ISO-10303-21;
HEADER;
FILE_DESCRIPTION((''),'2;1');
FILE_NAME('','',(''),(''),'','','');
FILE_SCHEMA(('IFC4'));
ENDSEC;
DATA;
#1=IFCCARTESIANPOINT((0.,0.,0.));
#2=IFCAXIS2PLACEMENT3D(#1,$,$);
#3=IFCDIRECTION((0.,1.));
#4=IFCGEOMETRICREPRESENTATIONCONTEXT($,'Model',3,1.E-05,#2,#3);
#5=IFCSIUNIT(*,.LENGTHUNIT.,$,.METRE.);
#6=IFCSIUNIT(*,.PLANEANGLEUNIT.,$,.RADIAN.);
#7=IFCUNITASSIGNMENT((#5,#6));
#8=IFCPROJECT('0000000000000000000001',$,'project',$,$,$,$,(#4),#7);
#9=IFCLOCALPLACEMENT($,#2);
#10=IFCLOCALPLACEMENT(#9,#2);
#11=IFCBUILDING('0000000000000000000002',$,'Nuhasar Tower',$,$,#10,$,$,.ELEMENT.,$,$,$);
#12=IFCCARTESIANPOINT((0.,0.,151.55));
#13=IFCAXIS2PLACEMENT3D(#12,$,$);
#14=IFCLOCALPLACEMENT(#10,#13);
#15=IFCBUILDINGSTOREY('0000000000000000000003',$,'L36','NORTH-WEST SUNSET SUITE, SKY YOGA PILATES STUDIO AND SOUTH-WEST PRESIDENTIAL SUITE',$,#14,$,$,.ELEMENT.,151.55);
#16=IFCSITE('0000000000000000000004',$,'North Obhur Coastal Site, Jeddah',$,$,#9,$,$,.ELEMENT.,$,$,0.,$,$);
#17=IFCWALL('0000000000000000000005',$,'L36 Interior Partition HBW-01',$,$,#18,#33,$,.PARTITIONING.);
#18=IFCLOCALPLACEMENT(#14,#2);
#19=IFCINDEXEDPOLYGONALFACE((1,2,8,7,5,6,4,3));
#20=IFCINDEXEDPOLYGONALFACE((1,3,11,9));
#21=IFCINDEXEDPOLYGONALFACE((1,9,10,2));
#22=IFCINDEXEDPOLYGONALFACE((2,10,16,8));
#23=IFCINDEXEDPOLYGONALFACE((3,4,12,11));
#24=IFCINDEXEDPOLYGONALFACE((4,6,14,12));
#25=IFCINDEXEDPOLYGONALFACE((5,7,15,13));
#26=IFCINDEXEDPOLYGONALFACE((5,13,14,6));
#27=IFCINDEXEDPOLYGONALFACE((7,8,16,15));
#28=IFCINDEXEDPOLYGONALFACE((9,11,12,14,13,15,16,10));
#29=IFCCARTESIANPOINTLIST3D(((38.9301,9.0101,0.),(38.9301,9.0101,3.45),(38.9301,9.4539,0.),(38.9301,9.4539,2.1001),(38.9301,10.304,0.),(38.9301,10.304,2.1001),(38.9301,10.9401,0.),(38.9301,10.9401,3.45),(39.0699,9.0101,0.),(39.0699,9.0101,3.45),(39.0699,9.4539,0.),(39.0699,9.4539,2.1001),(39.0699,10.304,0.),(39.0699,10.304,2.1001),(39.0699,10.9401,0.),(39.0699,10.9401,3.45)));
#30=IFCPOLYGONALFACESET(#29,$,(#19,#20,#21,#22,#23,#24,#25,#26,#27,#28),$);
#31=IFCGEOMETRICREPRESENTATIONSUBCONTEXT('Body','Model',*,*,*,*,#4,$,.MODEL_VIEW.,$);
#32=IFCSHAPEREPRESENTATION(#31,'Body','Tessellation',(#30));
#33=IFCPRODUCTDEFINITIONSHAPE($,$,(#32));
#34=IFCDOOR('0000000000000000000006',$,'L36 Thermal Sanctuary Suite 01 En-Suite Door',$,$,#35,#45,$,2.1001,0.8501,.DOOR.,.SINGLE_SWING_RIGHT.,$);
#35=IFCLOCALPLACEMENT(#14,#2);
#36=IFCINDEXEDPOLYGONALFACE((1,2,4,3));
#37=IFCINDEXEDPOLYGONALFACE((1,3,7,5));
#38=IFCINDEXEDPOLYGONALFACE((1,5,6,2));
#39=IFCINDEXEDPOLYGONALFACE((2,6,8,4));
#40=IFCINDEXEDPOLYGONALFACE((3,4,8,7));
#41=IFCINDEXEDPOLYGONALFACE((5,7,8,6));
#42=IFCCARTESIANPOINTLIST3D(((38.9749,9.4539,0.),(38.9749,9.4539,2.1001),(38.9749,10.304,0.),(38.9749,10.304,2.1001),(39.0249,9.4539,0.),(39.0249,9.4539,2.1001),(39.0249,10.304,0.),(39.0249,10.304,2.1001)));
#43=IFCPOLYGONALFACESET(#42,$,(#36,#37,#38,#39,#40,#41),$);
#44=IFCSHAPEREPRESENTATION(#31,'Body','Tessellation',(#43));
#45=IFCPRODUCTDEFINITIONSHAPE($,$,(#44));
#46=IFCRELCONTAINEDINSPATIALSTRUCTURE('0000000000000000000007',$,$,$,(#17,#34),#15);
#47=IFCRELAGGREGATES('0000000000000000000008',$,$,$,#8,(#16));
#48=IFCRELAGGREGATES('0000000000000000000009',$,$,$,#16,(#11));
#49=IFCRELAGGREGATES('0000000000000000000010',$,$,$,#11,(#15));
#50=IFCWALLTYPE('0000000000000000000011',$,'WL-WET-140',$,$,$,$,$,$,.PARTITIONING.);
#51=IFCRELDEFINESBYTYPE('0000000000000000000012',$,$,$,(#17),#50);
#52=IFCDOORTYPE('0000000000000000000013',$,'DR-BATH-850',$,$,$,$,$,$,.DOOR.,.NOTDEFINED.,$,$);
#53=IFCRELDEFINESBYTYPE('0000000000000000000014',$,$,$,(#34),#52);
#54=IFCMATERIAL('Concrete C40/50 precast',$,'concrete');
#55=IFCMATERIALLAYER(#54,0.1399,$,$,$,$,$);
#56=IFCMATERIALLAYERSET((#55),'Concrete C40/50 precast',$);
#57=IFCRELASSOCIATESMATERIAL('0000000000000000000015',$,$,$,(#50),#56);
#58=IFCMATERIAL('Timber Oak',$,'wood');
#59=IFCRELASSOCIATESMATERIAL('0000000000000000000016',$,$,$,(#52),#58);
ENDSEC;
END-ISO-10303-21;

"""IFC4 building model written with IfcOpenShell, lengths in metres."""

from ifc_helpers import new_model, si_unit, direction, frame, frame_2d, origin, place, context, subcontext, project, spatial, rectangle, extrude, material, layer, layer_set, type_object, element, fill, save


model = new_model("IFC4")

# Units and contexts
model_context = context("Model", 3, precision=1e-05, world=origin(), true_north=direction((0.0, 1.0)))
body_context = subcontext(model_context, "Body", "Model", "MODEL_VIEW")
ifc_project = project(units=[si_unit("LENGTHUNIT", "METRE"), si_unit("PLANEANGLEUNIT", "RADIAN")], contexts=[model_context])

# Site, building, storey
site_placement = place(None, origin())
site = spatial("IfcSite", under=ifc_project, at=site_placement, Name="North Obhur Coastal Site, Jeddah", CompositionType="ELEMENT", RefElevation=0.0)
building_placement = place(site_placement, origin())
building = spatial("IfcBuilding", under=site, at=building_placement, Name="Nuhasar Tower", CompositionType="ELEMENT")
storey_placement = place(building_placement, frame((0.0, 0.0, 151.55)))
storey = spatial("IfcBuildingStorey", under=building, at=storey_placement, Name="L36", Description="NORTH-WEST SUNSET SUITE, SKY YOGA PILATES STUDIO AND SOUTH-WEST PRESIDENTIAL SUITE", CompositionType="ELEMENT", Elevation=151.55)

# Shared definitions
ifc_material_1 = material(Name="Timber Oak", Category="wood")

# Shared definitions
ifc_material_2 = material(Name="Concrete C40/50 precast", Category="concrete")

# Wall, opening, door
ifc_layer_1 = layer(ifc_material_2, 0.1399)
ifc_layer_set_1 = layer_set([ifc_layer_1], Name="Concrete C40/50 precast")
wall_type_1 = type_object("IfcWallType", Name="WL-WET-140", PredefinedType="PARTITIONING", material=ifc_layer_set_1)
wall_1_placement = place(storey_placement, frame((39.0, 10.9399, 0.0), z_axis=(0.0, 0.0, 1.0), x_axis=(0.0, -1.0, 0.0)))
wall_1 = element("IfcWall", 1, at=wall_1_placement, inside=storey, type_object=wall_type_1, Name="L36 Interior Partition HBW-01", PredefinedType="PARTITIONING", context=body_context, shape_type="SweptSolid", body=[
    extrude(rectangle(XDim=1.9299, YDim=0.1399, at=frame_2d((0.9648, 0.0))), origin(), (0.0, 0.0, 1.0), 3.45),
])
opening_1_placement = place(wall_1_placement, frame((0.636, 0.0, 0.0)))
opening_1 = element("IfcOpeningElement", 2, at=opening_1_placement, cuts=wall_1, PredefinedType="OPENING", context=body_context, shape_type="SweptSolid", body=[
    extrude(rectangle(XDim=0.8501, YDim=2.1001, at=frame_2d((0.425, 1.05))), frame((0.0, 0.0801, 0.0), z_axis=(0.0, -1.0, 0.0), x_axis=(1.0, 0.0, 0.0)), (0.0, 0.0, 1.0), 0.1599),
])
door_type_1 = type_object("IfcDoorType", Name="DR-BATH-850", OperationType="NOTDEFINED", PredefinedType="DOOR", material=ifc_material_1)
door_1_placement = place(opening_1_placement, origin())
door_1 = element("IfcDoor", 3, at=door_1_placement, inside=storey, type_object=door_type_1, Name="L36 Thermal Sanctuary Suite 01 En-Suite Door", OperationType="SINGLE_SWING_RIGHT", OverallHeight=2.1001, OverallWidth=0.8501, PredefinedType="DOOR", context=body_context, shape_type="SweptSolid", body=[
    extrude(rectangle(XDim=0.8501, YDim=2.1001, at=frame_2d((0.425, 1.05))), frame((0.0, 0.0249, 0.0), z_axis=(0.0, -1.0, 0.0), x_axis=(1.0, 0.0, 0.0)), (0.0, 0.0, 1.0), 0.05),
])
fill(opening_1, door_1)

save(model, "model.ifc")
